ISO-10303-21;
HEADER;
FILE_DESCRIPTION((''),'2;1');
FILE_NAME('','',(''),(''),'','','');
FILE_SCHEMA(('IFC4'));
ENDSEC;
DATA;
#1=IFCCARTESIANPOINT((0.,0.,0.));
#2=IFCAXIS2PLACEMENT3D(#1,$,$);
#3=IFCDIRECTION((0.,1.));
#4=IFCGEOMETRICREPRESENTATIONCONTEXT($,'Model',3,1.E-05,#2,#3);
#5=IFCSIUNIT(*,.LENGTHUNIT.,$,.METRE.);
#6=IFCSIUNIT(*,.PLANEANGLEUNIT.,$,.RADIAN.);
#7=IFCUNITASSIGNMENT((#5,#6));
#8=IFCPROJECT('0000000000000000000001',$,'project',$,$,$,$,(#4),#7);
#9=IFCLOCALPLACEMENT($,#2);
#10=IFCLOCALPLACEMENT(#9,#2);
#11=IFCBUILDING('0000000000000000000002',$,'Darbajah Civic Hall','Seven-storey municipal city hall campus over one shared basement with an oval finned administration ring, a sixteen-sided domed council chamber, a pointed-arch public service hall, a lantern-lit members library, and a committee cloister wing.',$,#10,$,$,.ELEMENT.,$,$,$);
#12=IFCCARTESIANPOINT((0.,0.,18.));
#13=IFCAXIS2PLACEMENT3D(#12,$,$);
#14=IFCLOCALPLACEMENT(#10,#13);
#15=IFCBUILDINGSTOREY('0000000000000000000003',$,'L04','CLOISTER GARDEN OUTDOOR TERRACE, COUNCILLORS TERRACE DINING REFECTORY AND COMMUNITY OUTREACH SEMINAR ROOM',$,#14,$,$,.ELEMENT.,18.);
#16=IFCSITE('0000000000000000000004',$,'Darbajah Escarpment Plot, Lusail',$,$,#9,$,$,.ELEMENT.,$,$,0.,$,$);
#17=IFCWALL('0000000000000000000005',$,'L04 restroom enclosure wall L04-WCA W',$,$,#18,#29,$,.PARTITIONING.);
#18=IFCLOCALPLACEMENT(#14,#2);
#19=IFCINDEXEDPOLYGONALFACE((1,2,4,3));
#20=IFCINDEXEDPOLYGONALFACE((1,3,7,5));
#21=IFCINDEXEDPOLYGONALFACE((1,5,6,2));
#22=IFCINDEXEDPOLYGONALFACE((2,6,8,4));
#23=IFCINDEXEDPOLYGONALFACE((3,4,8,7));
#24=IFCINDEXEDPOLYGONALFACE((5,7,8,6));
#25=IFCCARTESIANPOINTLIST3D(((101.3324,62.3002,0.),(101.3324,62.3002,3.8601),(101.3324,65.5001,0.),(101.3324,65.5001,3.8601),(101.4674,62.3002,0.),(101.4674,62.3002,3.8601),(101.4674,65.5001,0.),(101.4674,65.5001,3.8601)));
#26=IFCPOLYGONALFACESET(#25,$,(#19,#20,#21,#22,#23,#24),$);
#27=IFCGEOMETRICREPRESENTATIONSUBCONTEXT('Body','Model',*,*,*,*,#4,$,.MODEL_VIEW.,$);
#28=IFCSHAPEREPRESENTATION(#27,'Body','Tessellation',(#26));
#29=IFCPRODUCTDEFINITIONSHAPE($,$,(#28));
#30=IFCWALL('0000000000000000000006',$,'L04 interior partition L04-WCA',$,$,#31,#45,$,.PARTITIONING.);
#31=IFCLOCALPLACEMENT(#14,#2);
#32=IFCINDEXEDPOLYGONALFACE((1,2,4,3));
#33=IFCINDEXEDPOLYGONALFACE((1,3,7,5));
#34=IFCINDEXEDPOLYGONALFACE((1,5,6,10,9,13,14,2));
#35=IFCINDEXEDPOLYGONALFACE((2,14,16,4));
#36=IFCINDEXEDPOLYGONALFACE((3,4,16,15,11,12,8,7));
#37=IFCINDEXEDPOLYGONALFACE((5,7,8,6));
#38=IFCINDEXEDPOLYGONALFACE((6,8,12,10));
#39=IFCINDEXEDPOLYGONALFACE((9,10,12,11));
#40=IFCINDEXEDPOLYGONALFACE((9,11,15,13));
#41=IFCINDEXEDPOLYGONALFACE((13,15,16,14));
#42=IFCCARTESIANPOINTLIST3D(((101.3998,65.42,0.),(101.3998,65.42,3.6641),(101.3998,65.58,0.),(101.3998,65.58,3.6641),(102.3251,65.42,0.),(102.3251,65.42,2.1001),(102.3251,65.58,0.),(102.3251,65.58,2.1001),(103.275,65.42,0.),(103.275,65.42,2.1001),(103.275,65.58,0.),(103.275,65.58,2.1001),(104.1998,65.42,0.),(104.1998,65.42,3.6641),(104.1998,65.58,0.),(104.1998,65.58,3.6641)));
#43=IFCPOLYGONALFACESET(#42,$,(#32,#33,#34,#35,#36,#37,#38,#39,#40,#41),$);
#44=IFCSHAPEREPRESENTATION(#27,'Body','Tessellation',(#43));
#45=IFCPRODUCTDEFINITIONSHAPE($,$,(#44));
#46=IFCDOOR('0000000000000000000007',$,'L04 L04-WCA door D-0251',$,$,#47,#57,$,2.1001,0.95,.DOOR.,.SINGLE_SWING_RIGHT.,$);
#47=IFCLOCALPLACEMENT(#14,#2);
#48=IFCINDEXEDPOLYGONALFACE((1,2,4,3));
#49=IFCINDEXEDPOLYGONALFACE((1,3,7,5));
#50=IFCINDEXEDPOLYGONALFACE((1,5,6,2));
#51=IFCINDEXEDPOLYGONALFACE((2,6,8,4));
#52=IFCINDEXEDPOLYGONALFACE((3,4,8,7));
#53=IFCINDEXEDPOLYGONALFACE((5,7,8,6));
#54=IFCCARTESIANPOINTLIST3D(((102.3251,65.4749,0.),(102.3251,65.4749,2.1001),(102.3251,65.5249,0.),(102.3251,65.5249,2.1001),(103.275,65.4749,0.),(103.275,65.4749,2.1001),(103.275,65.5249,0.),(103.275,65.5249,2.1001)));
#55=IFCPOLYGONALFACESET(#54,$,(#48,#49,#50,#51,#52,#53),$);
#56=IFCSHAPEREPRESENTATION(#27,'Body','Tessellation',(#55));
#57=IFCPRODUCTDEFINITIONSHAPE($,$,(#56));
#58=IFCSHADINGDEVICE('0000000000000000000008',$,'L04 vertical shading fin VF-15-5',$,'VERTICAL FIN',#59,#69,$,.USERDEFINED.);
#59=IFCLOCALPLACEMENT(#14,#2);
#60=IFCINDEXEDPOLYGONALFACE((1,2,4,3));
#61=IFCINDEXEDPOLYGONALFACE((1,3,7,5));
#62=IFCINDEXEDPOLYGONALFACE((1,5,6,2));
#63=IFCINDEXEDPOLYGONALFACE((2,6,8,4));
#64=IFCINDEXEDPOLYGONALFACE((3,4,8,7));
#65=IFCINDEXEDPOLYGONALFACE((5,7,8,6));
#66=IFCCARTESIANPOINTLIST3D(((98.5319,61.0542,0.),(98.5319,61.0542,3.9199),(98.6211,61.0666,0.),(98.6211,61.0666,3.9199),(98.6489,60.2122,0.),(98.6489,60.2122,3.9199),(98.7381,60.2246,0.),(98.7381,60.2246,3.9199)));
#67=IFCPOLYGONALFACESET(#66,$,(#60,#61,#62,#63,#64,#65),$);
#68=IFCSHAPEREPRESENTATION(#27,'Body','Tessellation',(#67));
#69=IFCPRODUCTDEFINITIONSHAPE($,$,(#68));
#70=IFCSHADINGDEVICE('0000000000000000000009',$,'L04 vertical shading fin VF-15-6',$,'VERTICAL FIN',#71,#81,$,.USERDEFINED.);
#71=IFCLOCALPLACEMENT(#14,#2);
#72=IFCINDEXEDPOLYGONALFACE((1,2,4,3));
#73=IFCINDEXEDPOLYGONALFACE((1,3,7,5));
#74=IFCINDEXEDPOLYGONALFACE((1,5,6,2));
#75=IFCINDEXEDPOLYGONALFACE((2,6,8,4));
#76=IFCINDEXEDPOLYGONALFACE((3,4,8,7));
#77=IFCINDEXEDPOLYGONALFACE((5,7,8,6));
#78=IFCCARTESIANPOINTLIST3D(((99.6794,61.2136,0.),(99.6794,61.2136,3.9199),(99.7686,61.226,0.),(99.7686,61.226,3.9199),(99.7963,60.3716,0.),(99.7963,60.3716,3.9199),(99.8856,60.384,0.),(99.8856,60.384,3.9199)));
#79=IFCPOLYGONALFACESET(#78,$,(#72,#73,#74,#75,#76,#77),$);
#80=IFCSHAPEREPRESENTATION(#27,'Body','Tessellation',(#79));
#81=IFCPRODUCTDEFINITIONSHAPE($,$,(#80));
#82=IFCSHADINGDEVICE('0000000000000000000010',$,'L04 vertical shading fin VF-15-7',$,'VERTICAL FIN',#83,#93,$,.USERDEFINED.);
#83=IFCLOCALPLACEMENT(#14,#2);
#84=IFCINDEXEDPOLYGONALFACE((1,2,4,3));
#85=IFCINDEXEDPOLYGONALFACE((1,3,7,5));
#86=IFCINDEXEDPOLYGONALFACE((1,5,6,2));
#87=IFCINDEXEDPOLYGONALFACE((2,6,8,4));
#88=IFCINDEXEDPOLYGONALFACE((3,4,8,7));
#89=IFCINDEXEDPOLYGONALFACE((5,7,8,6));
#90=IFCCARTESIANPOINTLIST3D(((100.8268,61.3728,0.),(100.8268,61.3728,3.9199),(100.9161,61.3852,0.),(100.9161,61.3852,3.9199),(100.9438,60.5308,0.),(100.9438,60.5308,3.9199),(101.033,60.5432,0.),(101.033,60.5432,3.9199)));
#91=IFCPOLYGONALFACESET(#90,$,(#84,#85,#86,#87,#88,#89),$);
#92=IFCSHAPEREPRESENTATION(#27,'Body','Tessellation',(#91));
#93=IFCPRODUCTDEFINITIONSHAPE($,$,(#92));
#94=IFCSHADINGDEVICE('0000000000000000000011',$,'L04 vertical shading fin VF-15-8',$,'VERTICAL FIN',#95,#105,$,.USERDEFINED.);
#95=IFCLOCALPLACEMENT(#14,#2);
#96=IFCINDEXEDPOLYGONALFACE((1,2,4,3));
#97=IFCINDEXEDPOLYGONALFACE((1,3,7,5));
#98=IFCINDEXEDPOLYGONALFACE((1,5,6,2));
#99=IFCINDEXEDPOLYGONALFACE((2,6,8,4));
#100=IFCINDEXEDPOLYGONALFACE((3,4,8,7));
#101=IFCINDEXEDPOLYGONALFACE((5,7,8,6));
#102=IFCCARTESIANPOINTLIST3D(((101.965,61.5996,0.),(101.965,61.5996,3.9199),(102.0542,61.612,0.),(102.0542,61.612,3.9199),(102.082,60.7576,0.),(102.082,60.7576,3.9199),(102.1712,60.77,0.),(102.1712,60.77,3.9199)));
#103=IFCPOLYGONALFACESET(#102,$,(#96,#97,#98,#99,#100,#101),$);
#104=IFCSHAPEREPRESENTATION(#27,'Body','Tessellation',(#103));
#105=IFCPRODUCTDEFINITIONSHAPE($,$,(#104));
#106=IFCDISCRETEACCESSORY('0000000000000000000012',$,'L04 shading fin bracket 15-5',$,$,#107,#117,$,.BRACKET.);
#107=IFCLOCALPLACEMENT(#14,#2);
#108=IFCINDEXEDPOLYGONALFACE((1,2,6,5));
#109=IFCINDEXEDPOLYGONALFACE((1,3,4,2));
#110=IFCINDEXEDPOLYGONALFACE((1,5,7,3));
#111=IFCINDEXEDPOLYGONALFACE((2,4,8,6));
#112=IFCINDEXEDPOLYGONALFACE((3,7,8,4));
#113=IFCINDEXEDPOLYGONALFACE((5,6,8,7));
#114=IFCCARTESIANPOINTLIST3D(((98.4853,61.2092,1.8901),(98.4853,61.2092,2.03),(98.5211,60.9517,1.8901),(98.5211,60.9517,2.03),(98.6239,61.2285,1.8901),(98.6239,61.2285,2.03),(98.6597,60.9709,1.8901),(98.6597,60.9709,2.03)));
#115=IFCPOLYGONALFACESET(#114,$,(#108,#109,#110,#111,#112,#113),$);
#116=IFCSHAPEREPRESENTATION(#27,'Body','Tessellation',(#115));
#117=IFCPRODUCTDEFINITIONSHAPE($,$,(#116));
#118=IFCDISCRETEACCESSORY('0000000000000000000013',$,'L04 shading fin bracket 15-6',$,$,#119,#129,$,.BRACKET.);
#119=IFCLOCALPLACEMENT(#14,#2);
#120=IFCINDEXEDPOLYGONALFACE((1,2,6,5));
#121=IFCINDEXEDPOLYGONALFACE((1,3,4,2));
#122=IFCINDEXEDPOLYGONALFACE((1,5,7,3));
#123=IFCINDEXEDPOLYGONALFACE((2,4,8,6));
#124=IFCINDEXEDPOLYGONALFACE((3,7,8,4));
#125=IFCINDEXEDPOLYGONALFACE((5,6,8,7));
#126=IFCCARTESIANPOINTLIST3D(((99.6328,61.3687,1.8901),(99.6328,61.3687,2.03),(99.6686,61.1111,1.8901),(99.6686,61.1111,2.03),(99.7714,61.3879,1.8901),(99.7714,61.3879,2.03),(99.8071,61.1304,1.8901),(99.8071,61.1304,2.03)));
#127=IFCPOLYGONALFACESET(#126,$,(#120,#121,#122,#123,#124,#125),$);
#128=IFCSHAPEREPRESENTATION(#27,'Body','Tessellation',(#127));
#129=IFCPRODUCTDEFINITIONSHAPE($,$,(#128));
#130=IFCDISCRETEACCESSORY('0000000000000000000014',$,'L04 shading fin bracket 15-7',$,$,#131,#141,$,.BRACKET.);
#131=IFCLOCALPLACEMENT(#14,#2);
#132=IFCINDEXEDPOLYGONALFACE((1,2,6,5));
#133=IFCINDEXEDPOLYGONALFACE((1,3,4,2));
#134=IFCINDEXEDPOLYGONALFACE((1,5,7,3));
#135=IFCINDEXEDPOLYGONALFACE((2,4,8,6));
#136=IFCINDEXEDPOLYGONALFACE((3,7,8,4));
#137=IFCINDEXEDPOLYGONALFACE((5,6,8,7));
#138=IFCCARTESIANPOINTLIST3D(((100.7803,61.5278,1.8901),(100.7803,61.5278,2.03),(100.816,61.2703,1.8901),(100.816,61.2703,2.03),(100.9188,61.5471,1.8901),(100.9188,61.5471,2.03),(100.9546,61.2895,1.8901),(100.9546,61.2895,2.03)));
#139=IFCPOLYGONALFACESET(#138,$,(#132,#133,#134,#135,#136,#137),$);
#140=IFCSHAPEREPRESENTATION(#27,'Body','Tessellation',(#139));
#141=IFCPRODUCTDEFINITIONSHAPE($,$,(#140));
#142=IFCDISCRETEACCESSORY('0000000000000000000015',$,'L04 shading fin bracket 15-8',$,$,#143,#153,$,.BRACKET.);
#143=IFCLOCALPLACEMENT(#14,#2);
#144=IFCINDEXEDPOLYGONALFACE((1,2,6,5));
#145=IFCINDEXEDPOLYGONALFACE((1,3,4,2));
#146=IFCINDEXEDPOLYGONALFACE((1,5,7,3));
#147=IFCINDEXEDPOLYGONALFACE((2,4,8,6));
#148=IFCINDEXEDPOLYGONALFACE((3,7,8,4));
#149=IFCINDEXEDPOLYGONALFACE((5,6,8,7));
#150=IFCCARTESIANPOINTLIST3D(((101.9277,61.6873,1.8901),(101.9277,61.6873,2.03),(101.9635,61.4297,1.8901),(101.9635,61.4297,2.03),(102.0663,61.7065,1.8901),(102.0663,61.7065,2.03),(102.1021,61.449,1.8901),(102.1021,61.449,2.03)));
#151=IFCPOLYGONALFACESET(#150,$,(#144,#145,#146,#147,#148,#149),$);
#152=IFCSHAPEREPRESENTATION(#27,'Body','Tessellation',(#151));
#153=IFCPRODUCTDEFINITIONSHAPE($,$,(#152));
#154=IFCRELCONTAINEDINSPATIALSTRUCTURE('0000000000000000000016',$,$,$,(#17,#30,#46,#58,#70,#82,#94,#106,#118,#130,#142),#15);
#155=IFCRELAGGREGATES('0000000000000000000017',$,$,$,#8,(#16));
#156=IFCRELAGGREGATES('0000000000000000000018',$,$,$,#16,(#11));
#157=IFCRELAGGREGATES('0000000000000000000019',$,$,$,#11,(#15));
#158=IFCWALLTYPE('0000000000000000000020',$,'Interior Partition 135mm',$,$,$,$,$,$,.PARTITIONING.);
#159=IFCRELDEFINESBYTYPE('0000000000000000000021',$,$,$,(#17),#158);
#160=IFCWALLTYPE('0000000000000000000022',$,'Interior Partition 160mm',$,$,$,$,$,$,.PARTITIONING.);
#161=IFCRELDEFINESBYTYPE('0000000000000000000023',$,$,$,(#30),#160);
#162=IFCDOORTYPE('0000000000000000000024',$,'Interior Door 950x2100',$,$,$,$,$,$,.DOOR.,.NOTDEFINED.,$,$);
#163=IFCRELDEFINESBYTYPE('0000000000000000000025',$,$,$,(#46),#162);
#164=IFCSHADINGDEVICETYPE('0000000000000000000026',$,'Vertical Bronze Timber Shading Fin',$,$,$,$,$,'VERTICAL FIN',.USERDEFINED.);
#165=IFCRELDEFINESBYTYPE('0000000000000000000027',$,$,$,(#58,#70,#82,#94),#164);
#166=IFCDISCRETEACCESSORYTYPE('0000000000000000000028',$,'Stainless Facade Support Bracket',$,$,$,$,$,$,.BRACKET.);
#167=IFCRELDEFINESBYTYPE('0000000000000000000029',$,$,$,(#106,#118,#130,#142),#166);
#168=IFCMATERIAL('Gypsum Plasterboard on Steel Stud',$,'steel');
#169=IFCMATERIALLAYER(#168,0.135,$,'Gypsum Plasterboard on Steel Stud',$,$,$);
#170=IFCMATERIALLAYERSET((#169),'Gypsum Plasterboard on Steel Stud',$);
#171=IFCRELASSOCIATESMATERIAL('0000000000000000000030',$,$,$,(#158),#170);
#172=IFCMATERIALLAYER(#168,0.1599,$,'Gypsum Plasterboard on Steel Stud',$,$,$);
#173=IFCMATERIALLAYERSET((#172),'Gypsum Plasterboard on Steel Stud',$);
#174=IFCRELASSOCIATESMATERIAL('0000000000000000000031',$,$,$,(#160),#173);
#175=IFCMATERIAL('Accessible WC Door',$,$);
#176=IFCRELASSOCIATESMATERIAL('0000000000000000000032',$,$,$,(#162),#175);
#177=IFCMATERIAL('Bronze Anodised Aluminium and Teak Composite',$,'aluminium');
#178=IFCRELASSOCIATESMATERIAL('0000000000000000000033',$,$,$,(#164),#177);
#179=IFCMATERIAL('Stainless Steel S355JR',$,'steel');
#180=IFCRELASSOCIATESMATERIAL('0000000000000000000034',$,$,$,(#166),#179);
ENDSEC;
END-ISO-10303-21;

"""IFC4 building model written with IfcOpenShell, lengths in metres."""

from ifc_helpers import new_model, si_unit, direction, frame, frame_2d, origin, origin_2d, place, context, subcontext, project, spatial, rectangle, extrude, material, layer, layer_set, type_object, element, fill, save


model = new_model("IFC4")

# Units and contexts
model_context = context("Model", 3, precision=1e-05, world=origin(), true_north=direction((0.0, 1.0)))
body_context = subcontext(model_context, "Body", "Model", "MODEL_VIEW")
ifc_project = project(units=[si_unit("LENGTHUNIT", "METRE"), si_unit("PLANEANGLEUNIT", "RADIAN")], contexts=[model_context])

# Site, building, storey
site_placement = place(None, origin())
site = spatial("IfcSite", under=ifc_project, at=site_placement, Name="Darbajah Escarpment Plot, Lusail", CompositionType="ELEMENT", RefElevation=0.0)
building_placement = place(site_placement, origin())
building = spatial("IfcBuilding", under=site, at=building_placement, Name="Darbajah Civic Hall", Description="Seven-storey municipal city hall campus over one shared basement with an oval finned administration ring, a sixteen-sided domed council chamber, a pointed-arch public service hall, a lantern-lit members library, and a committee cloister wing.", CompositionType="ELEMENT")
storey_placement = place(building_placement, frame((0.0, 0.0, 18.0)))
storey = spatial("IfcBuildingStorey", under=building, at=storey_placement, Name="L04", Description="CLOISTER GARDEN OUTDOOR TERRACE, COUNCILLORS TERRACE DINING REFECTORY AND COMMUNITY OUTREACH SEMINAR ROOM", CompositionType="ELEMENT", Elevation=18.0)

# Wall
ifc_material_1 = material(Name="Gypsum Plasterboard on Steel Stud", Category="steel")
ifc_layer_1 = layer(ifc_material_1, 0.135, Name="Gypsum Plasterboard on Steel Stud")
ifc_layer_set_1 = layer_set([ifc_layer_1], Name="Gypsum Plasterboard on Steel Stud")
wall_type_1 = type_object("IfcWallType", Name="Interior Partition 135mm", PredefinedType="PARTITIONING", material=ifc_layer_set_1)
wall_1_placement = place(storey_placement, frame((101.3999, 62.3, 0.0), z_axis=(0.0, 0.0, 1.0), x_axis=(0.0, 1.0, 0.0)))
element("IfcWall", 1, at=wall_1_placement, inside=storey, type_object=wall_type_1, Name="L04 restroom enclosure wall L04-WCA W", PredefinedType="PARTITIONING", context=body_context, shape_type="SweptSolid", body=[
    extrude(rectangle(XDim=3.2, YDim=0.135, at=frame_2d((1.6001, 0.0))), origin(), (0.0, 0.0, 1.0), 3.8601),
])

# Wall, opening, door
ifc_layer_2 = layer(ifc_material_1, 0.1599, Name="Gypsum Plasterboard on Steel Stud")
ifc_layer_set_2 = layer_set([ifc_layer_2], Name="Gypsum Plasterboard on Steel Stud")
wall_type_2 = type_object("IfcWallType", Name="Interior Partition 160mm", PredefinedType="PARTITIONING", material=ifc_layer_set_2)
wall_2_placement = place(storey_placement, frame((101.3999, 65.5, 0.0), z_axis=(0.0, 0.0, 1.0), x_axis=(1.0, 0.0, 0.0)))
wall_2 = element("IfcWall", 2, at=wall_2_placement, inside=storey, type_object=wall_type_2, Name="L04 interior partition L04-WCA", PredefinedType="PARTITIONING", context=body_context, shape_type="SweptSolid", body=[
    extrude(rectangle(XDim=2.8, YDim=0.1599, at=frame_2d((1.3999, 0.0))), origin(), (0.0, 0.0, 1.0), 3.6641),
])
opening_1_placement = place(wall_2_placement, frame((0.925, 0.0, 0.0)))
opening_1 = element("IfcOpeningElement", 3, at=opening_1_placement, cuts=wall_2, PredefinedType="OPENING", context=body_context, shape_type="SweptSolid", body=[
    extrude(rectangle(XDim=0.95, YDim=2.1001, at=frame_2d((0.4751, 1.05))), frame((0.0, 0.0898, 0.0), z_axis=(0.0, -1.0, 0.0), x_axis=(1.0, 0.0, 0.0)), (0.0, 0.0, 1.0), 0.1799),
])
ifc_material_2 = material(Name="Accessible WC Door")
door_type_1 = type_object("IfcDoorType", Name="Interior Door 950x2100", OperationType="NOTDEFINED", PredefinedType="DOOR", material=ifc_material_2)
door_1_placement = place(opening_1_placement, origin())
door_1 = element("IfcDoor", 4, at=door_1_placement, inside=storey, type_object=door_type_1, Name="L04 L04-WCA door D-0251", OperationType="SINGLE_SWING_RIGHT", OverallHeight=2.1001, OverallWidth=0.95, PredefinedType="DOOR", context=body_context, shape_type="SweptSolid", body=[
    extrude(rectangle(XDim=0.95, YDim=2.1001, at=frame_2d((0.4751, 1.05))), frame((0.0, 0.0249, 0.0), z_axis=(0.0, -1.0, 0.0), x_axis=(1.0, 0.0, 0.0)), (0.0, 0.0, 1.0), 0.05),
])
fill(opening_1, door_1)

# Shading devices
ifc_material_3 = material(Name="Bronze Anodised Aluminium and Teak Composite", Category="aluminium")
shading_device_type = type_object("IfcShadingDeviceType", Name="Vertical Bronze Timber Shading Fin", ElementType="VERTICAL FIN", PredefinedType="USERDEFINED", material=ifc_material_3)
for number, where, z_axis, x_axis, name in (
    (5, (98.635, 60.6394, 0.0), (0.0, 0.0, 1.0), (0.137617, -0.990485, 0.0), "L04 vertical shading fin VF-15-5"),
    (6, (99.7825, 60.7988, 0.0), (0.0, 0.0, 1.0), (0.137617, -0.990485, 0.0), "L04 vertical shading fin VF-15-6"),
    (7, (100.9299, 60.958, 0.0), (0.0, 0.0, 1.0), (0.137617, -0.990485, 0.0), "L04 vertical shading fin VF-15-7"),
    (8, (102.0681, 61.1848, 0.0), (0.0, 0.0, 1.0), (0.137617, -0.990485, 0.0), "L04 vertical shading fin VF-15-8"),
):
    element("IfcShadingDevice", number, at=place(storey_placement, frame(where, z_axis=z_axis, x_axis=x_axis)), inside=storey, type_object=shading_device_type, Name=name, ObjectType="VERTICAL FIN", PredefinedType="USERDEFINED", context=body_context, shape_type="SweptSolid", body=[
        extrude(rectangle(XDim=0.8501, YDim=0.0901, at=origin_2d()), origin(), (0.0, 0.0, 1.0), 3.9199),
    ])

# Discrete accessories
ifc_material_4 = material(Name="Stainless Steel S355JR", Category="steel")
discrete_accessory_type = type_object("IfcDiscreteAccessoryType", Name="Stainless Facade Support Bracket", PredefinedType="BRACKET", material=ifc_material_4)
for number, where, z_axis, x_axis, name in (
    (9, (98.5725, 61.0901, 1.8901), (0.0, 0.0, 1.0), (0.137617, -0.990485, 0.0), "L04 shading fin bracket 15-5"),
    (10, (99.72, 61.2495, 1.8901), (0.0, 0.0, 1.0), (0.137617, -0.990485, 0.0), "L04 shading fin bracket 15-6"),
    (11, (100.8674, 61.4087, 1.8901), (0.0, 0.0, 1.0), (0.137617, -0.990485, 0.0), "L04 shading fin bracket 15-7"),
    (12, (102.0149, 61.5681, 1.8901), (0.0, 0.0, 1.0), (0.137617, -0.990485, 0.0), "L04 shading fin bracket 15-8"),
):
    element("IfcDiscreteAccessory", number, at=place(storey_placement, frame(where, z_axis=z_axis, x_axis=x_axis)), inside=storey, type_object=discrete_accessory_type, Name=name, PredefinedType="BRACKET", context=body_context, shape_type="SweptSolid", body=[
        extrude(rectangle(XDim=0.26, YDim=0.1399, at=origin_2d()), origin(), (0.0, 0.0, 1.0), 0.1399),
    ])

save(model, "model.ifc")
